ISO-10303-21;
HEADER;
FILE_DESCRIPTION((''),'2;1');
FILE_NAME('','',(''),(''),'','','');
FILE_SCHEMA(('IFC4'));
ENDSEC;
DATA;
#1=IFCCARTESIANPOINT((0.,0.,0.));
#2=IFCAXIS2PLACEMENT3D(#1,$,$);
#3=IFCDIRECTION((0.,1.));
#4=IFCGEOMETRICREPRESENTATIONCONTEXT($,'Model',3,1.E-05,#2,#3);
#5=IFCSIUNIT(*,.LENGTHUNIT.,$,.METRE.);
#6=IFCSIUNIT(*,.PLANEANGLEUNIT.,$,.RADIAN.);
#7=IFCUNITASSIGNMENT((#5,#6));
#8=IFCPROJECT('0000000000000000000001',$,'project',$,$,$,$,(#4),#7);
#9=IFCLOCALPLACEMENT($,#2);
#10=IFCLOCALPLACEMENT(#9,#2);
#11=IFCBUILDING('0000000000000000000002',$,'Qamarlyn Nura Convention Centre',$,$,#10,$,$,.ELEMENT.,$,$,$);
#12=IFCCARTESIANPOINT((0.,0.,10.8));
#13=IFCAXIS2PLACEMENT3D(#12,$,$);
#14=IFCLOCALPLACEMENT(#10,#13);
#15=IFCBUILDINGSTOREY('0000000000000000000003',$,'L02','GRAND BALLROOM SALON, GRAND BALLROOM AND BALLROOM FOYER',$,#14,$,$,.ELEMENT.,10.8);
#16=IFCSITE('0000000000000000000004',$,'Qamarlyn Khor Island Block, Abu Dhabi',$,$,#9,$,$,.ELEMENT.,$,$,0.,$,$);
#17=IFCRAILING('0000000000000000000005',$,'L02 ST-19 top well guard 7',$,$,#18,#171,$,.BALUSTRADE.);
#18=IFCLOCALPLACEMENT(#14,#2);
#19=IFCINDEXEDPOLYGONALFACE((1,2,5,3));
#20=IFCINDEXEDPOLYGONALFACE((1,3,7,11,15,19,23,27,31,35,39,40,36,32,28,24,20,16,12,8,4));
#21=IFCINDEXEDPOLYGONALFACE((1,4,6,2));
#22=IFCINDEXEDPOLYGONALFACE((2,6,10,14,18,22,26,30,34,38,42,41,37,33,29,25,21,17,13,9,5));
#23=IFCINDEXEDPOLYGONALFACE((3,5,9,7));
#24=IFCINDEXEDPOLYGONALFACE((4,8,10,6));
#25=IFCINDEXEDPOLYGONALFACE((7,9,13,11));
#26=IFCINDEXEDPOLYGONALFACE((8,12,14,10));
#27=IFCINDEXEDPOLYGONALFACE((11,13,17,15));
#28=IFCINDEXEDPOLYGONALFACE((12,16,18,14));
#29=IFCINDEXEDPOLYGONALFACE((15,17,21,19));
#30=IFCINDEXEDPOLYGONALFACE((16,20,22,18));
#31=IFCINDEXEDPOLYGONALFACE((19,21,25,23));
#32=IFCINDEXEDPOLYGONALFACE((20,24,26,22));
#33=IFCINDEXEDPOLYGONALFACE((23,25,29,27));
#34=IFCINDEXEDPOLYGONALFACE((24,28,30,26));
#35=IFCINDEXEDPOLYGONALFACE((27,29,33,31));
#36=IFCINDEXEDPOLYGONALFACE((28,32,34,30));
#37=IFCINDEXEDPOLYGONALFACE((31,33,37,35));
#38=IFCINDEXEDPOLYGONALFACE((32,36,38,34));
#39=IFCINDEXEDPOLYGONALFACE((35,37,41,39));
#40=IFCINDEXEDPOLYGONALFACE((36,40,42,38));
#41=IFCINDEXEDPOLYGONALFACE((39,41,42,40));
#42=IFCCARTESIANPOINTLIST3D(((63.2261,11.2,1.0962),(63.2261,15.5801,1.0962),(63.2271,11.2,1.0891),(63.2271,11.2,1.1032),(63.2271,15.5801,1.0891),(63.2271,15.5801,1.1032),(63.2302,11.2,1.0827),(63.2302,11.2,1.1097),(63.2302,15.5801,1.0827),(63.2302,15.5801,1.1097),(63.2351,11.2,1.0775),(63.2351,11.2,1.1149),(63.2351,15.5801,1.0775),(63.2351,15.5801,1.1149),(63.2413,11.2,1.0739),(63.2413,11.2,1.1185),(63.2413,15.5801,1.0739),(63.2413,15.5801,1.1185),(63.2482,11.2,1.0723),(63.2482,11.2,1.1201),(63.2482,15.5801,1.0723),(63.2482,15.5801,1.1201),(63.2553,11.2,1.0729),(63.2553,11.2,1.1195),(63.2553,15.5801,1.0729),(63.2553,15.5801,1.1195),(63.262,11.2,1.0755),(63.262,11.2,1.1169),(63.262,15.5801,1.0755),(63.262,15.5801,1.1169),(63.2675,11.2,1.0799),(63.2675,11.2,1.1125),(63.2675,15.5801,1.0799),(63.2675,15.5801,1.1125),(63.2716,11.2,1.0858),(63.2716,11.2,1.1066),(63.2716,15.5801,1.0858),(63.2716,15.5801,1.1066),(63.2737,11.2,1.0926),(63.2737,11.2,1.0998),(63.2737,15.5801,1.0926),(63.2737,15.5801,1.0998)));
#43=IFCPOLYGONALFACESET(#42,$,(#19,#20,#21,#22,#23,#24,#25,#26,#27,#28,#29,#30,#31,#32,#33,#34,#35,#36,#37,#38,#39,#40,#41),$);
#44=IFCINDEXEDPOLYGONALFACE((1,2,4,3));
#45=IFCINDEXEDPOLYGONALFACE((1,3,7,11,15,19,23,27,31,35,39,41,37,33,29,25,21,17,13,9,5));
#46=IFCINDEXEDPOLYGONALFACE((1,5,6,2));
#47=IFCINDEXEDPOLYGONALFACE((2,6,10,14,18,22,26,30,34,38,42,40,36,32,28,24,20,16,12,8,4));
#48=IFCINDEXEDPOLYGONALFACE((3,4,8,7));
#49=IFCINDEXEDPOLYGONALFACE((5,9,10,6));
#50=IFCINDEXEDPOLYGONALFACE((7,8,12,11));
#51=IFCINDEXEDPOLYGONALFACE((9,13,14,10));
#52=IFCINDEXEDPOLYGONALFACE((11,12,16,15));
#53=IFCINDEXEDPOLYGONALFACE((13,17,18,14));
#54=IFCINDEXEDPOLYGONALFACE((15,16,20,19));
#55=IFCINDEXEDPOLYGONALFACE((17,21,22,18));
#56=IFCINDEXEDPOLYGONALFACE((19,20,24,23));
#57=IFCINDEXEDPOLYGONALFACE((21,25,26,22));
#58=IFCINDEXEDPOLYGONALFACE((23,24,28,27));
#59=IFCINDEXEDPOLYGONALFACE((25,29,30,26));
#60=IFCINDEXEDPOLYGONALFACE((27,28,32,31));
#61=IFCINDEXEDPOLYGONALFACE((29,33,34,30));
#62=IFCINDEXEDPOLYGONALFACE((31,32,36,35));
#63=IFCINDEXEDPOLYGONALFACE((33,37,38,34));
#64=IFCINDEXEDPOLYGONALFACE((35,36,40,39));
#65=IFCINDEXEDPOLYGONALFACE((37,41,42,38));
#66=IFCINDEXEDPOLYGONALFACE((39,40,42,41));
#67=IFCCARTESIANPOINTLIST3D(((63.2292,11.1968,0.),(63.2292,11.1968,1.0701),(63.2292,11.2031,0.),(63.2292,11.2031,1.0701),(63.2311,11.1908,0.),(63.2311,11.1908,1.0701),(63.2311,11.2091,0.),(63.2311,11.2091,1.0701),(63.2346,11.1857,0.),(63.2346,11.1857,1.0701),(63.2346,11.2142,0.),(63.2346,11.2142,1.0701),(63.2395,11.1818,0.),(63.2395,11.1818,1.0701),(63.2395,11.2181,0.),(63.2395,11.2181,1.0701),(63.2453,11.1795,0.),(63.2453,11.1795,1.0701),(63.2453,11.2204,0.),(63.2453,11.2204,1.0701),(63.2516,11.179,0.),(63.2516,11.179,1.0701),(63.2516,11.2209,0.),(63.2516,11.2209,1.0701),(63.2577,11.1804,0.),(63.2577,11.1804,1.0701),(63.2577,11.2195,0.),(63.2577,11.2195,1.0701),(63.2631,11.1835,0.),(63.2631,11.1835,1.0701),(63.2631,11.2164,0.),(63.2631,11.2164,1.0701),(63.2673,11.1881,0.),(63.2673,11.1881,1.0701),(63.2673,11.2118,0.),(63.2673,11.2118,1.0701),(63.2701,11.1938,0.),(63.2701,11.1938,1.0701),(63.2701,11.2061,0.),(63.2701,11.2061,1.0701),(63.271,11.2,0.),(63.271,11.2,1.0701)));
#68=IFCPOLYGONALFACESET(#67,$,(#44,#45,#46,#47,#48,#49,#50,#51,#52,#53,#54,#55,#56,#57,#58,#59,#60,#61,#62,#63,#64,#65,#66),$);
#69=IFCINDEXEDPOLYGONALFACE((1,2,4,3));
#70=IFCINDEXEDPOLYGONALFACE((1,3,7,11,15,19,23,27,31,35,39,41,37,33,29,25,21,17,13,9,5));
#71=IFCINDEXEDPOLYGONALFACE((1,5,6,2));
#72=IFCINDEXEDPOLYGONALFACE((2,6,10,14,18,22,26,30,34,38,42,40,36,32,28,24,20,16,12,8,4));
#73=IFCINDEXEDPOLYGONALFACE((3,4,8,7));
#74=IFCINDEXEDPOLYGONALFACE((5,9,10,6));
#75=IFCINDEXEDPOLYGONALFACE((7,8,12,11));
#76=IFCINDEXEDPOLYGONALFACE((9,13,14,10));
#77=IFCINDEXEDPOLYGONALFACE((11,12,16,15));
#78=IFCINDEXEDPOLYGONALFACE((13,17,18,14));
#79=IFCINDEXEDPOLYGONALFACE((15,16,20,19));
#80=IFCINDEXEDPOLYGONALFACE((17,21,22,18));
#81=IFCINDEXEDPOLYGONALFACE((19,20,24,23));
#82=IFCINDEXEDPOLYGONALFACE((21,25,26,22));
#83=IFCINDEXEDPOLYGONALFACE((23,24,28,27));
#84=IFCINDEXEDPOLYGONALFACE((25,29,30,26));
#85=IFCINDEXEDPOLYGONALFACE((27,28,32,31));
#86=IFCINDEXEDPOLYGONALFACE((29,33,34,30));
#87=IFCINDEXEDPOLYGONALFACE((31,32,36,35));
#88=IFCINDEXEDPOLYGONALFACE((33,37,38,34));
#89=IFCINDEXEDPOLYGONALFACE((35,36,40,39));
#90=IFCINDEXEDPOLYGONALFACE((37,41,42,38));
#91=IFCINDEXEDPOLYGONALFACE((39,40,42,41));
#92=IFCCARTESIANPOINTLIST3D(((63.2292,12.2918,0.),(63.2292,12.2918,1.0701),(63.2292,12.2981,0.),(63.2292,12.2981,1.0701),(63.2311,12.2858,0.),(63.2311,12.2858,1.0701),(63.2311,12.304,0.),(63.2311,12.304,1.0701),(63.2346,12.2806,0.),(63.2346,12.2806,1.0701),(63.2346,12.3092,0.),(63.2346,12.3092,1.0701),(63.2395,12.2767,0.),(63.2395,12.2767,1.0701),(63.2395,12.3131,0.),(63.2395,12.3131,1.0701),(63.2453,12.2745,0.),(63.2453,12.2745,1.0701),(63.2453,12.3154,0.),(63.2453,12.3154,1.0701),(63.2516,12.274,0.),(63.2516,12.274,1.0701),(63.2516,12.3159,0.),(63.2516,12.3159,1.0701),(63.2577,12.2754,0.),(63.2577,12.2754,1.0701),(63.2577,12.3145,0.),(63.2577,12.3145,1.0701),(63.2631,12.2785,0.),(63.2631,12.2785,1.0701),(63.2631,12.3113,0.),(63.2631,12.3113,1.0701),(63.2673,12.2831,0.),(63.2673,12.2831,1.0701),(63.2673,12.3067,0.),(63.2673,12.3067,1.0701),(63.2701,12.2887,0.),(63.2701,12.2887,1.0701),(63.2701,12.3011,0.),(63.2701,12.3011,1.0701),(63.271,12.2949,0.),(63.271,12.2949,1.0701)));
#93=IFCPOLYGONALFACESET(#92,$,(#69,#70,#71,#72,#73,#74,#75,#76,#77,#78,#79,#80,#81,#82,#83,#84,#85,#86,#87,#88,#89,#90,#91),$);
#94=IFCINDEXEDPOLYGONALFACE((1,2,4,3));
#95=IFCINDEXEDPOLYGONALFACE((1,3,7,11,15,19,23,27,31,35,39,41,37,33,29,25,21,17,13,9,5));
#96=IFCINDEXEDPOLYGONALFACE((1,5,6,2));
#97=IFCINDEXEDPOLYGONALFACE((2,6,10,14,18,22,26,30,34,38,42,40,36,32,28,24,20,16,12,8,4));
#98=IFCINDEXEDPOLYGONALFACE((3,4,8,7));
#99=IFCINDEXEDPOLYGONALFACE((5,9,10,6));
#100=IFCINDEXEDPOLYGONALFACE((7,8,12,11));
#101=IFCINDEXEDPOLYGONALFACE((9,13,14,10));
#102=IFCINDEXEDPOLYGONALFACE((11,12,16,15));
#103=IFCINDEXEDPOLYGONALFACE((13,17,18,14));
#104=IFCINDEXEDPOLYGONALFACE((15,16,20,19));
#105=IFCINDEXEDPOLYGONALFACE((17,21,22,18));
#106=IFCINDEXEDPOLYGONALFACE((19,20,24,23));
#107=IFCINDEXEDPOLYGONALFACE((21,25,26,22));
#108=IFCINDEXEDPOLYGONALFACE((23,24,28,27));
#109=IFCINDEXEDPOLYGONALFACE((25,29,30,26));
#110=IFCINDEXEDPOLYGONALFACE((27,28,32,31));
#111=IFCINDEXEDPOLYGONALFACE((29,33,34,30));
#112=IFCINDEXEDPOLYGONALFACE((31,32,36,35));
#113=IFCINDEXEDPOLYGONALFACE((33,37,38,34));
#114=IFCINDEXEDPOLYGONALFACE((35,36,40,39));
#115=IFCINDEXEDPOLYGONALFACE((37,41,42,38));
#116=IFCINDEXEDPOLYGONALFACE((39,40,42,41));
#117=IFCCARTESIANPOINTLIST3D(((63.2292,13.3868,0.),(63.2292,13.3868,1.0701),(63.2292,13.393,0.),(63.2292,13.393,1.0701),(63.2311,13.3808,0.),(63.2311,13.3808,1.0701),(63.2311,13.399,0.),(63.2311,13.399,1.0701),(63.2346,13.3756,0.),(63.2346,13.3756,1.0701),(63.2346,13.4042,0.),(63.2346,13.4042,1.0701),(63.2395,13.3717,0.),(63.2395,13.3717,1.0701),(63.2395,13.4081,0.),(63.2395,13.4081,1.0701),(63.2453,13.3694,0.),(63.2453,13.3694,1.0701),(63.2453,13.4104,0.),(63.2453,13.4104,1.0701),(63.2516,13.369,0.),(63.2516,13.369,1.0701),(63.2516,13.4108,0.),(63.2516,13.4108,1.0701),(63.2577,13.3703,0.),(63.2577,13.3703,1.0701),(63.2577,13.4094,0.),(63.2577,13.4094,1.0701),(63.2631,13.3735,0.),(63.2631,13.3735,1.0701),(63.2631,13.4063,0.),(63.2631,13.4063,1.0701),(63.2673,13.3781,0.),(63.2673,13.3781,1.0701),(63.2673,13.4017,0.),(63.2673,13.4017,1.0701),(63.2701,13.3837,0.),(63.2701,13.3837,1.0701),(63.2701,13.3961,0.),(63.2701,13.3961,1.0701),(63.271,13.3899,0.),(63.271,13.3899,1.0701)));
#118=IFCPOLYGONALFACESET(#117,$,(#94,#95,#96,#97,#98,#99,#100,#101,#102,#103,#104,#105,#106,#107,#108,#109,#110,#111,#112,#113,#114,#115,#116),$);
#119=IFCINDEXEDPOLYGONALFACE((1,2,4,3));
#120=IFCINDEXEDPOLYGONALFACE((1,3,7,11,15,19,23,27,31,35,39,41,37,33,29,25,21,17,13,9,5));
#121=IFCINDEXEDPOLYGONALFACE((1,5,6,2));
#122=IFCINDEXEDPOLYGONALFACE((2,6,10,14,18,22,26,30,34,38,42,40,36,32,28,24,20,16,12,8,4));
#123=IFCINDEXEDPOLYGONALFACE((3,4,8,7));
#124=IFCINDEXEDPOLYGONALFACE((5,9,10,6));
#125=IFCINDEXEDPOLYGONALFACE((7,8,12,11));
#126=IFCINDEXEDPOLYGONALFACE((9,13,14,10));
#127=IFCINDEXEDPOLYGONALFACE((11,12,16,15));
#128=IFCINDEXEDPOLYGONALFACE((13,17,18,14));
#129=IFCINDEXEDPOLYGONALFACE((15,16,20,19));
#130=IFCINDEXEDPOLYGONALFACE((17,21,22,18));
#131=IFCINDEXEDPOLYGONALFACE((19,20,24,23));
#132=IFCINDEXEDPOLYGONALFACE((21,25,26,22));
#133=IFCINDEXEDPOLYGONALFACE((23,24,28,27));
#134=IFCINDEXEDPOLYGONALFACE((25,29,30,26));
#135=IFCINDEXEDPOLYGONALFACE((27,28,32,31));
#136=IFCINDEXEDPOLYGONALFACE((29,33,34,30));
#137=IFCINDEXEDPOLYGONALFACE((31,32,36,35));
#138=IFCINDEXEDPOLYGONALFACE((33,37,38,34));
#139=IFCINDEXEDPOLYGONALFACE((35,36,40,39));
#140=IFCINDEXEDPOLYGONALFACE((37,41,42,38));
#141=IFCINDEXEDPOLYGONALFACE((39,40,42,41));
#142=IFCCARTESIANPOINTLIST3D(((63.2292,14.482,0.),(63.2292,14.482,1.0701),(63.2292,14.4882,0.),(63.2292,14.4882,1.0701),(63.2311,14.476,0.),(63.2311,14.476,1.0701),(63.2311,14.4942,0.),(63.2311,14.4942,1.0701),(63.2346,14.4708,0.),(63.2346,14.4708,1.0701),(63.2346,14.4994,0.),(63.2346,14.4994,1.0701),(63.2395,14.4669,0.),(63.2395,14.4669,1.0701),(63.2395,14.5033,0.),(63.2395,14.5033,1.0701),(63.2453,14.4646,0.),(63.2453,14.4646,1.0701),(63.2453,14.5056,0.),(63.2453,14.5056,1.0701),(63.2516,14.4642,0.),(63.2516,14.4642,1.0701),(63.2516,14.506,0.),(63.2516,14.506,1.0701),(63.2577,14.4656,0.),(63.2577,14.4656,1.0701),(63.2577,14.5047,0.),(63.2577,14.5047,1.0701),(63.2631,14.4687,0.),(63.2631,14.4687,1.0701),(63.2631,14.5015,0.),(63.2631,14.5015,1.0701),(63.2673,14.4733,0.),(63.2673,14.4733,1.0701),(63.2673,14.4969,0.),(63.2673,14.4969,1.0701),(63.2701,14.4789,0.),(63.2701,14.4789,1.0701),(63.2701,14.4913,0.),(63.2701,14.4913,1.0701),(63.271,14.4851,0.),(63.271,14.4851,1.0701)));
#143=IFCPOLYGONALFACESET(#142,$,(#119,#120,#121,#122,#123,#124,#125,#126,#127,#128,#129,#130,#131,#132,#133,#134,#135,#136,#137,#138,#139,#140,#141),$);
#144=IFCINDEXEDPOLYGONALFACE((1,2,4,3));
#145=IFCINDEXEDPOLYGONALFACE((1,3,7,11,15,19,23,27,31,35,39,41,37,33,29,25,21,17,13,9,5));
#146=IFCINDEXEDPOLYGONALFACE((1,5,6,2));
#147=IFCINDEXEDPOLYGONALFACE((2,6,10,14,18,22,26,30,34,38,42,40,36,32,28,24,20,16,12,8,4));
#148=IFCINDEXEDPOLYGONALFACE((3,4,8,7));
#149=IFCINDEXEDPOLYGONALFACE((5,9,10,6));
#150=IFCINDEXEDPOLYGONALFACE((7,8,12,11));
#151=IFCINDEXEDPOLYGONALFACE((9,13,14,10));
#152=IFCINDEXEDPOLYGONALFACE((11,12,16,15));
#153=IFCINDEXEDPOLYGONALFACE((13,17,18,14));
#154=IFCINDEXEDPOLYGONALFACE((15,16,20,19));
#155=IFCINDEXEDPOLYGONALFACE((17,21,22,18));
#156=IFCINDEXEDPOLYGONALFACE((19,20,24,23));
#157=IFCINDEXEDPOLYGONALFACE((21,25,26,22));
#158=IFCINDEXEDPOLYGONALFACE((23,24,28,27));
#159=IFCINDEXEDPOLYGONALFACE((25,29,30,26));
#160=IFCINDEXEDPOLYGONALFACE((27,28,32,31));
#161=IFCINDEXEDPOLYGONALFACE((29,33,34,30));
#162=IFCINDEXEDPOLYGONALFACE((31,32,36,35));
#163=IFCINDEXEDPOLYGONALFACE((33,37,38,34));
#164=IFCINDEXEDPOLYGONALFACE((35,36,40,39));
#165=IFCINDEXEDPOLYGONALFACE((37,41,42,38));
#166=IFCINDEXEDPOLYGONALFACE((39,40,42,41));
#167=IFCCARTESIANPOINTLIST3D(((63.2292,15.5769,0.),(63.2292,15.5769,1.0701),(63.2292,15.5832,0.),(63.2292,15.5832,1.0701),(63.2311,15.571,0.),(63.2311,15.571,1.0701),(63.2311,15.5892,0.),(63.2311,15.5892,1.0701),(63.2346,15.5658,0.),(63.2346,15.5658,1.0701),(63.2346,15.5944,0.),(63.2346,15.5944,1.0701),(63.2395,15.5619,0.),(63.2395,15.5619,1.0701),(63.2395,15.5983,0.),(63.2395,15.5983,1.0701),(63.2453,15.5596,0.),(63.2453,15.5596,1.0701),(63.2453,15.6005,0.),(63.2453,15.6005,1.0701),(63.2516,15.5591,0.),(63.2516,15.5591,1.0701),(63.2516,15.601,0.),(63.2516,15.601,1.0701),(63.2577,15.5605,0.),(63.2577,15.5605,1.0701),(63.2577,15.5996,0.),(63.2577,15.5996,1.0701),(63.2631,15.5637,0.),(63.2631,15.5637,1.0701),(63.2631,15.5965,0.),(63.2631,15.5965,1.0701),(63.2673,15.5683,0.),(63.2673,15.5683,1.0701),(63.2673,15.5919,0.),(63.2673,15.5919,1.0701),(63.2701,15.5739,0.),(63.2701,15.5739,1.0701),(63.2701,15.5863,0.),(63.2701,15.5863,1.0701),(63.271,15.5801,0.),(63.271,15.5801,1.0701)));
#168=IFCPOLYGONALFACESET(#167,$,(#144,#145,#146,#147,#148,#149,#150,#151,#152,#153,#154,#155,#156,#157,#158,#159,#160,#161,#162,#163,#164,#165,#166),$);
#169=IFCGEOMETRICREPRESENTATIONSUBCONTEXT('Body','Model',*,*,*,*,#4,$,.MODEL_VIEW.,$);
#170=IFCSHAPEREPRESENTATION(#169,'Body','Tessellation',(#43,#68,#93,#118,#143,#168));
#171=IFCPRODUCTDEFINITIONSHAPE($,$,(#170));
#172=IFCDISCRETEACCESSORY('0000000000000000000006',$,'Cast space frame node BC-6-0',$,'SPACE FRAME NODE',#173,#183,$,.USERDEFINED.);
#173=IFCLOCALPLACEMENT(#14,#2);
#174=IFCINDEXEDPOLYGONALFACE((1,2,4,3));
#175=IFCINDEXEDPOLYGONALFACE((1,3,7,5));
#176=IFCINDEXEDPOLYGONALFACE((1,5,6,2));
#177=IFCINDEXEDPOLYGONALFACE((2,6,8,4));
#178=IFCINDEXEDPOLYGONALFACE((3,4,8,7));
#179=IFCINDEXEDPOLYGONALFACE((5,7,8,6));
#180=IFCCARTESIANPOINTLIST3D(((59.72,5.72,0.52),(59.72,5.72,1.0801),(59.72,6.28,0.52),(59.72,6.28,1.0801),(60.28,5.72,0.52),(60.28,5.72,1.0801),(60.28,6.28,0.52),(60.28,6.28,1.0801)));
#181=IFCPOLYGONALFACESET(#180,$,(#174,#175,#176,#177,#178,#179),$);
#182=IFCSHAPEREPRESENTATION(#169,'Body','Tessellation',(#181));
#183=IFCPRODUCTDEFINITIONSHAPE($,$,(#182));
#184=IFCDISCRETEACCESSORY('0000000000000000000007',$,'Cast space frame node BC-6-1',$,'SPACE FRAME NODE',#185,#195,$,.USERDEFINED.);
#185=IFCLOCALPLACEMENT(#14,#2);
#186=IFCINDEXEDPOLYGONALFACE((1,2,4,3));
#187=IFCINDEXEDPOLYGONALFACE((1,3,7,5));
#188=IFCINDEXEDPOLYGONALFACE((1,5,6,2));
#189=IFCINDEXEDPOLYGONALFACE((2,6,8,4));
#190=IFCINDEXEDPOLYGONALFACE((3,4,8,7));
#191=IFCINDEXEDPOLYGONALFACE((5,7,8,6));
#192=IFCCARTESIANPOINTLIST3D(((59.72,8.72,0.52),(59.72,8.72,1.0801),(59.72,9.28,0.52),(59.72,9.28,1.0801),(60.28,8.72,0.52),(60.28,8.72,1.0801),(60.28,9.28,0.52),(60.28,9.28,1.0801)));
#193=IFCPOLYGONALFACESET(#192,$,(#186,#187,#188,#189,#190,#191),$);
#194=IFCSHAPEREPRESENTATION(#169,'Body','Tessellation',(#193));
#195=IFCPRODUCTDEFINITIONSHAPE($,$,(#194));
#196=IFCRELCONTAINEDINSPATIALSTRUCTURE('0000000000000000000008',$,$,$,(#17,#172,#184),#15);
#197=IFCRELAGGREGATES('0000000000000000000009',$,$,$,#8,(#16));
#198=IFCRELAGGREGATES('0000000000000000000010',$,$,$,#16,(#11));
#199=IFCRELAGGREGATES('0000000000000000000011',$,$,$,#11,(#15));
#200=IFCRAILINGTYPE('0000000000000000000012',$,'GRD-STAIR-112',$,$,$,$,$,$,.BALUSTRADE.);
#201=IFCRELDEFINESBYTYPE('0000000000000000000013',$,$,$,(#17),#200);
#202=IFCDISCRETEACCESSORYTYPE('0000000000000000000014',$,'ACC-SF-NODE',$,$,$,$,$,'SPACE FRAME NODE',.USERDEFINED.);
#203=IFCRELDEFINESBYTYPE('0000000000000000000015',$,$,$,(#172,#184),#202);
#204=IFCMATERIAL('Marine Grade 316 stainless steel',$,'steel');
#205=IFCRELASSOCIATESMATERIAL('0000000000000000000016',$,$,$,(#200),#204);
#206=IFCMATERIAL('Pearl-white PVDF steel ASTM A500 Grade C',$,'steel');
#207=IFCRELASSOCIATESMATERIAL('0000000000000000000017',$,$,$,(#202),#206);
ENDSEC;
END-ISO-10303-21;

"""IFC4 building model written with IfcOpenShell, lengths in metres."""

from ifc_helpers import new_model, si_unit, direction, frame, origin, origin_2d, place, context, subcontext, project, spatial, rectangle, circle, extrude, material, type_object, element, save


model = new_model("IFC4")

# Units and contexts
model_context = context("Model", 3, precision=1e-05, world=origin(), true_north=direction((0.0, 1.0)))
body_context = subcontext(model_context, "Body", "Model", "MODEL_VIEW")
ifc_project = project(units=[si_unit("LENGTHUNIT", "METRE"), si_unit("PLANEANGLEUNIT", "RADIAN")], contexts=[model_context])

# Site, building, storey
site_placement = place(None, origin())
site = spatial("IfcSite", under=ifc_project, at=site_placement, Name="Qamarlyn Khor Island Block, Abu Dhabi", CompositionType="ELEMENT", RefElevation=0.0)
building_placement = place(site_placement, origin())
building = spatial("IfcBuilding", under=site, at=building_placement, Name="Qamarlyn Nura Convention Centre", CompositionType="ELEMENT")
storey_placement = place(building_placement, frame((0.0, 0.0, 10.8)))
storey = spatial("IfcBuildingStorey", under=building, at=storey_placement, Name="L02", Description="GRAND BALLROOM SALON, GRAND BALLROOM AND BALLROOM FOYER", CompositionType="ELEMENT", Elevation=10.8)

# Shared definitions
ifc_material_1 = material(Name="Pearl-white PVDF steel ASTM A500 Grade C", Category="steel")

# Railing
ifc_material_2 = material(Name="Marine Grade 316 stainless steel", Category="steel")
railing_type = type_object("IfcRailingType", Name="GRD-STAIR-112", PredefinedType="BALUSTRADE", material=ifc_material_2)
railing_1_placement = place(storey_placement, frame((63.25, 11.2, 0.0)))
element("IfcRailing", 1, at=railing_1_placement, inside=storey, type_object=railing_type, Name="L02 ST-19 top well guard 7", PredefinedType="BALUSTRADE", context=body_context, shape_type="SweptSolid", body=[
    extrude(circle(Radius=0.0239, at=origin_2d()), frame((0.0, 0.0, 1.0962), z_axis=(0.0, 1.0, 0.0), x_axis=(-1.0, 0.0, 0.0)), (0.0, 0.0, 1.0), 4.3801),
    extrude(circle(Radius=0.021, at=origin_2d()), origin(), (0.0, 0.0, 1.0), 1.0701),
    extrude(circle(Radius=0.021, at=origin_2d()), frame((0.0, 1.095, 0.0)), (0.0, 0.0, 1.0), 1.0701),
    extrude(circle(Radius=0.021, at=origin_2d()), frame((0.0, 2.1899, 0.0)), (0.0, 0.0, 1.0), 1.0701),
    extrude(circle(Radius=0.021, at=origin_2d()), frame((0.0, 3.2852, 0.0)), (0.0, 0.0, 1.0), 1.0701),
    extrude(circle(Radius=0.021, at=origin_2d()), frame((0.0, 4.3801, 0.0)), (0.0, 0.0, 1.0), 1.0701),
])

# Discrete accessories
discrete_accessory_type = type_object("IfcDiscreteAccessoryType", Name="ACC-SF-NODE", ElementType="SPACE FRAME NODE", PredefinedType="USERDEFINED", material=ifc_material_1)
for number, where, z_axis, x_axis, name in (
    (2, (60.0, 6.0, 0.52), (0.0, 0.0, 1.0), (1.0, 0.0, 0.0), "Cast space frame node BC-6-0"),
    (3, (60.0, 9.0, 0.52), (0.0, 0.0, 1.0), (1.0, 0.0, 0.0), "Cast space frame node BC-6-1"),
):
    element("IfcDiscreteAccessory", number, at=place(storey_placement, frame(where, z_axis=z_axis, x_axis=x_axis)), inside=storey, type_object=discrete_accessory_type, Name=name, ObjectType="SPACE FRAME NODE", PredefinedType="USERDEFINED", context=body_context, shape_type="SweptSolid", body=[
        extrude(rectangle(XDim=0.5601, YDim=0.5601, at=origin_2d()), origin(), (0.0, 0.0, 1.0), 0.5601),
    ])

save(model, "model.ifc")
